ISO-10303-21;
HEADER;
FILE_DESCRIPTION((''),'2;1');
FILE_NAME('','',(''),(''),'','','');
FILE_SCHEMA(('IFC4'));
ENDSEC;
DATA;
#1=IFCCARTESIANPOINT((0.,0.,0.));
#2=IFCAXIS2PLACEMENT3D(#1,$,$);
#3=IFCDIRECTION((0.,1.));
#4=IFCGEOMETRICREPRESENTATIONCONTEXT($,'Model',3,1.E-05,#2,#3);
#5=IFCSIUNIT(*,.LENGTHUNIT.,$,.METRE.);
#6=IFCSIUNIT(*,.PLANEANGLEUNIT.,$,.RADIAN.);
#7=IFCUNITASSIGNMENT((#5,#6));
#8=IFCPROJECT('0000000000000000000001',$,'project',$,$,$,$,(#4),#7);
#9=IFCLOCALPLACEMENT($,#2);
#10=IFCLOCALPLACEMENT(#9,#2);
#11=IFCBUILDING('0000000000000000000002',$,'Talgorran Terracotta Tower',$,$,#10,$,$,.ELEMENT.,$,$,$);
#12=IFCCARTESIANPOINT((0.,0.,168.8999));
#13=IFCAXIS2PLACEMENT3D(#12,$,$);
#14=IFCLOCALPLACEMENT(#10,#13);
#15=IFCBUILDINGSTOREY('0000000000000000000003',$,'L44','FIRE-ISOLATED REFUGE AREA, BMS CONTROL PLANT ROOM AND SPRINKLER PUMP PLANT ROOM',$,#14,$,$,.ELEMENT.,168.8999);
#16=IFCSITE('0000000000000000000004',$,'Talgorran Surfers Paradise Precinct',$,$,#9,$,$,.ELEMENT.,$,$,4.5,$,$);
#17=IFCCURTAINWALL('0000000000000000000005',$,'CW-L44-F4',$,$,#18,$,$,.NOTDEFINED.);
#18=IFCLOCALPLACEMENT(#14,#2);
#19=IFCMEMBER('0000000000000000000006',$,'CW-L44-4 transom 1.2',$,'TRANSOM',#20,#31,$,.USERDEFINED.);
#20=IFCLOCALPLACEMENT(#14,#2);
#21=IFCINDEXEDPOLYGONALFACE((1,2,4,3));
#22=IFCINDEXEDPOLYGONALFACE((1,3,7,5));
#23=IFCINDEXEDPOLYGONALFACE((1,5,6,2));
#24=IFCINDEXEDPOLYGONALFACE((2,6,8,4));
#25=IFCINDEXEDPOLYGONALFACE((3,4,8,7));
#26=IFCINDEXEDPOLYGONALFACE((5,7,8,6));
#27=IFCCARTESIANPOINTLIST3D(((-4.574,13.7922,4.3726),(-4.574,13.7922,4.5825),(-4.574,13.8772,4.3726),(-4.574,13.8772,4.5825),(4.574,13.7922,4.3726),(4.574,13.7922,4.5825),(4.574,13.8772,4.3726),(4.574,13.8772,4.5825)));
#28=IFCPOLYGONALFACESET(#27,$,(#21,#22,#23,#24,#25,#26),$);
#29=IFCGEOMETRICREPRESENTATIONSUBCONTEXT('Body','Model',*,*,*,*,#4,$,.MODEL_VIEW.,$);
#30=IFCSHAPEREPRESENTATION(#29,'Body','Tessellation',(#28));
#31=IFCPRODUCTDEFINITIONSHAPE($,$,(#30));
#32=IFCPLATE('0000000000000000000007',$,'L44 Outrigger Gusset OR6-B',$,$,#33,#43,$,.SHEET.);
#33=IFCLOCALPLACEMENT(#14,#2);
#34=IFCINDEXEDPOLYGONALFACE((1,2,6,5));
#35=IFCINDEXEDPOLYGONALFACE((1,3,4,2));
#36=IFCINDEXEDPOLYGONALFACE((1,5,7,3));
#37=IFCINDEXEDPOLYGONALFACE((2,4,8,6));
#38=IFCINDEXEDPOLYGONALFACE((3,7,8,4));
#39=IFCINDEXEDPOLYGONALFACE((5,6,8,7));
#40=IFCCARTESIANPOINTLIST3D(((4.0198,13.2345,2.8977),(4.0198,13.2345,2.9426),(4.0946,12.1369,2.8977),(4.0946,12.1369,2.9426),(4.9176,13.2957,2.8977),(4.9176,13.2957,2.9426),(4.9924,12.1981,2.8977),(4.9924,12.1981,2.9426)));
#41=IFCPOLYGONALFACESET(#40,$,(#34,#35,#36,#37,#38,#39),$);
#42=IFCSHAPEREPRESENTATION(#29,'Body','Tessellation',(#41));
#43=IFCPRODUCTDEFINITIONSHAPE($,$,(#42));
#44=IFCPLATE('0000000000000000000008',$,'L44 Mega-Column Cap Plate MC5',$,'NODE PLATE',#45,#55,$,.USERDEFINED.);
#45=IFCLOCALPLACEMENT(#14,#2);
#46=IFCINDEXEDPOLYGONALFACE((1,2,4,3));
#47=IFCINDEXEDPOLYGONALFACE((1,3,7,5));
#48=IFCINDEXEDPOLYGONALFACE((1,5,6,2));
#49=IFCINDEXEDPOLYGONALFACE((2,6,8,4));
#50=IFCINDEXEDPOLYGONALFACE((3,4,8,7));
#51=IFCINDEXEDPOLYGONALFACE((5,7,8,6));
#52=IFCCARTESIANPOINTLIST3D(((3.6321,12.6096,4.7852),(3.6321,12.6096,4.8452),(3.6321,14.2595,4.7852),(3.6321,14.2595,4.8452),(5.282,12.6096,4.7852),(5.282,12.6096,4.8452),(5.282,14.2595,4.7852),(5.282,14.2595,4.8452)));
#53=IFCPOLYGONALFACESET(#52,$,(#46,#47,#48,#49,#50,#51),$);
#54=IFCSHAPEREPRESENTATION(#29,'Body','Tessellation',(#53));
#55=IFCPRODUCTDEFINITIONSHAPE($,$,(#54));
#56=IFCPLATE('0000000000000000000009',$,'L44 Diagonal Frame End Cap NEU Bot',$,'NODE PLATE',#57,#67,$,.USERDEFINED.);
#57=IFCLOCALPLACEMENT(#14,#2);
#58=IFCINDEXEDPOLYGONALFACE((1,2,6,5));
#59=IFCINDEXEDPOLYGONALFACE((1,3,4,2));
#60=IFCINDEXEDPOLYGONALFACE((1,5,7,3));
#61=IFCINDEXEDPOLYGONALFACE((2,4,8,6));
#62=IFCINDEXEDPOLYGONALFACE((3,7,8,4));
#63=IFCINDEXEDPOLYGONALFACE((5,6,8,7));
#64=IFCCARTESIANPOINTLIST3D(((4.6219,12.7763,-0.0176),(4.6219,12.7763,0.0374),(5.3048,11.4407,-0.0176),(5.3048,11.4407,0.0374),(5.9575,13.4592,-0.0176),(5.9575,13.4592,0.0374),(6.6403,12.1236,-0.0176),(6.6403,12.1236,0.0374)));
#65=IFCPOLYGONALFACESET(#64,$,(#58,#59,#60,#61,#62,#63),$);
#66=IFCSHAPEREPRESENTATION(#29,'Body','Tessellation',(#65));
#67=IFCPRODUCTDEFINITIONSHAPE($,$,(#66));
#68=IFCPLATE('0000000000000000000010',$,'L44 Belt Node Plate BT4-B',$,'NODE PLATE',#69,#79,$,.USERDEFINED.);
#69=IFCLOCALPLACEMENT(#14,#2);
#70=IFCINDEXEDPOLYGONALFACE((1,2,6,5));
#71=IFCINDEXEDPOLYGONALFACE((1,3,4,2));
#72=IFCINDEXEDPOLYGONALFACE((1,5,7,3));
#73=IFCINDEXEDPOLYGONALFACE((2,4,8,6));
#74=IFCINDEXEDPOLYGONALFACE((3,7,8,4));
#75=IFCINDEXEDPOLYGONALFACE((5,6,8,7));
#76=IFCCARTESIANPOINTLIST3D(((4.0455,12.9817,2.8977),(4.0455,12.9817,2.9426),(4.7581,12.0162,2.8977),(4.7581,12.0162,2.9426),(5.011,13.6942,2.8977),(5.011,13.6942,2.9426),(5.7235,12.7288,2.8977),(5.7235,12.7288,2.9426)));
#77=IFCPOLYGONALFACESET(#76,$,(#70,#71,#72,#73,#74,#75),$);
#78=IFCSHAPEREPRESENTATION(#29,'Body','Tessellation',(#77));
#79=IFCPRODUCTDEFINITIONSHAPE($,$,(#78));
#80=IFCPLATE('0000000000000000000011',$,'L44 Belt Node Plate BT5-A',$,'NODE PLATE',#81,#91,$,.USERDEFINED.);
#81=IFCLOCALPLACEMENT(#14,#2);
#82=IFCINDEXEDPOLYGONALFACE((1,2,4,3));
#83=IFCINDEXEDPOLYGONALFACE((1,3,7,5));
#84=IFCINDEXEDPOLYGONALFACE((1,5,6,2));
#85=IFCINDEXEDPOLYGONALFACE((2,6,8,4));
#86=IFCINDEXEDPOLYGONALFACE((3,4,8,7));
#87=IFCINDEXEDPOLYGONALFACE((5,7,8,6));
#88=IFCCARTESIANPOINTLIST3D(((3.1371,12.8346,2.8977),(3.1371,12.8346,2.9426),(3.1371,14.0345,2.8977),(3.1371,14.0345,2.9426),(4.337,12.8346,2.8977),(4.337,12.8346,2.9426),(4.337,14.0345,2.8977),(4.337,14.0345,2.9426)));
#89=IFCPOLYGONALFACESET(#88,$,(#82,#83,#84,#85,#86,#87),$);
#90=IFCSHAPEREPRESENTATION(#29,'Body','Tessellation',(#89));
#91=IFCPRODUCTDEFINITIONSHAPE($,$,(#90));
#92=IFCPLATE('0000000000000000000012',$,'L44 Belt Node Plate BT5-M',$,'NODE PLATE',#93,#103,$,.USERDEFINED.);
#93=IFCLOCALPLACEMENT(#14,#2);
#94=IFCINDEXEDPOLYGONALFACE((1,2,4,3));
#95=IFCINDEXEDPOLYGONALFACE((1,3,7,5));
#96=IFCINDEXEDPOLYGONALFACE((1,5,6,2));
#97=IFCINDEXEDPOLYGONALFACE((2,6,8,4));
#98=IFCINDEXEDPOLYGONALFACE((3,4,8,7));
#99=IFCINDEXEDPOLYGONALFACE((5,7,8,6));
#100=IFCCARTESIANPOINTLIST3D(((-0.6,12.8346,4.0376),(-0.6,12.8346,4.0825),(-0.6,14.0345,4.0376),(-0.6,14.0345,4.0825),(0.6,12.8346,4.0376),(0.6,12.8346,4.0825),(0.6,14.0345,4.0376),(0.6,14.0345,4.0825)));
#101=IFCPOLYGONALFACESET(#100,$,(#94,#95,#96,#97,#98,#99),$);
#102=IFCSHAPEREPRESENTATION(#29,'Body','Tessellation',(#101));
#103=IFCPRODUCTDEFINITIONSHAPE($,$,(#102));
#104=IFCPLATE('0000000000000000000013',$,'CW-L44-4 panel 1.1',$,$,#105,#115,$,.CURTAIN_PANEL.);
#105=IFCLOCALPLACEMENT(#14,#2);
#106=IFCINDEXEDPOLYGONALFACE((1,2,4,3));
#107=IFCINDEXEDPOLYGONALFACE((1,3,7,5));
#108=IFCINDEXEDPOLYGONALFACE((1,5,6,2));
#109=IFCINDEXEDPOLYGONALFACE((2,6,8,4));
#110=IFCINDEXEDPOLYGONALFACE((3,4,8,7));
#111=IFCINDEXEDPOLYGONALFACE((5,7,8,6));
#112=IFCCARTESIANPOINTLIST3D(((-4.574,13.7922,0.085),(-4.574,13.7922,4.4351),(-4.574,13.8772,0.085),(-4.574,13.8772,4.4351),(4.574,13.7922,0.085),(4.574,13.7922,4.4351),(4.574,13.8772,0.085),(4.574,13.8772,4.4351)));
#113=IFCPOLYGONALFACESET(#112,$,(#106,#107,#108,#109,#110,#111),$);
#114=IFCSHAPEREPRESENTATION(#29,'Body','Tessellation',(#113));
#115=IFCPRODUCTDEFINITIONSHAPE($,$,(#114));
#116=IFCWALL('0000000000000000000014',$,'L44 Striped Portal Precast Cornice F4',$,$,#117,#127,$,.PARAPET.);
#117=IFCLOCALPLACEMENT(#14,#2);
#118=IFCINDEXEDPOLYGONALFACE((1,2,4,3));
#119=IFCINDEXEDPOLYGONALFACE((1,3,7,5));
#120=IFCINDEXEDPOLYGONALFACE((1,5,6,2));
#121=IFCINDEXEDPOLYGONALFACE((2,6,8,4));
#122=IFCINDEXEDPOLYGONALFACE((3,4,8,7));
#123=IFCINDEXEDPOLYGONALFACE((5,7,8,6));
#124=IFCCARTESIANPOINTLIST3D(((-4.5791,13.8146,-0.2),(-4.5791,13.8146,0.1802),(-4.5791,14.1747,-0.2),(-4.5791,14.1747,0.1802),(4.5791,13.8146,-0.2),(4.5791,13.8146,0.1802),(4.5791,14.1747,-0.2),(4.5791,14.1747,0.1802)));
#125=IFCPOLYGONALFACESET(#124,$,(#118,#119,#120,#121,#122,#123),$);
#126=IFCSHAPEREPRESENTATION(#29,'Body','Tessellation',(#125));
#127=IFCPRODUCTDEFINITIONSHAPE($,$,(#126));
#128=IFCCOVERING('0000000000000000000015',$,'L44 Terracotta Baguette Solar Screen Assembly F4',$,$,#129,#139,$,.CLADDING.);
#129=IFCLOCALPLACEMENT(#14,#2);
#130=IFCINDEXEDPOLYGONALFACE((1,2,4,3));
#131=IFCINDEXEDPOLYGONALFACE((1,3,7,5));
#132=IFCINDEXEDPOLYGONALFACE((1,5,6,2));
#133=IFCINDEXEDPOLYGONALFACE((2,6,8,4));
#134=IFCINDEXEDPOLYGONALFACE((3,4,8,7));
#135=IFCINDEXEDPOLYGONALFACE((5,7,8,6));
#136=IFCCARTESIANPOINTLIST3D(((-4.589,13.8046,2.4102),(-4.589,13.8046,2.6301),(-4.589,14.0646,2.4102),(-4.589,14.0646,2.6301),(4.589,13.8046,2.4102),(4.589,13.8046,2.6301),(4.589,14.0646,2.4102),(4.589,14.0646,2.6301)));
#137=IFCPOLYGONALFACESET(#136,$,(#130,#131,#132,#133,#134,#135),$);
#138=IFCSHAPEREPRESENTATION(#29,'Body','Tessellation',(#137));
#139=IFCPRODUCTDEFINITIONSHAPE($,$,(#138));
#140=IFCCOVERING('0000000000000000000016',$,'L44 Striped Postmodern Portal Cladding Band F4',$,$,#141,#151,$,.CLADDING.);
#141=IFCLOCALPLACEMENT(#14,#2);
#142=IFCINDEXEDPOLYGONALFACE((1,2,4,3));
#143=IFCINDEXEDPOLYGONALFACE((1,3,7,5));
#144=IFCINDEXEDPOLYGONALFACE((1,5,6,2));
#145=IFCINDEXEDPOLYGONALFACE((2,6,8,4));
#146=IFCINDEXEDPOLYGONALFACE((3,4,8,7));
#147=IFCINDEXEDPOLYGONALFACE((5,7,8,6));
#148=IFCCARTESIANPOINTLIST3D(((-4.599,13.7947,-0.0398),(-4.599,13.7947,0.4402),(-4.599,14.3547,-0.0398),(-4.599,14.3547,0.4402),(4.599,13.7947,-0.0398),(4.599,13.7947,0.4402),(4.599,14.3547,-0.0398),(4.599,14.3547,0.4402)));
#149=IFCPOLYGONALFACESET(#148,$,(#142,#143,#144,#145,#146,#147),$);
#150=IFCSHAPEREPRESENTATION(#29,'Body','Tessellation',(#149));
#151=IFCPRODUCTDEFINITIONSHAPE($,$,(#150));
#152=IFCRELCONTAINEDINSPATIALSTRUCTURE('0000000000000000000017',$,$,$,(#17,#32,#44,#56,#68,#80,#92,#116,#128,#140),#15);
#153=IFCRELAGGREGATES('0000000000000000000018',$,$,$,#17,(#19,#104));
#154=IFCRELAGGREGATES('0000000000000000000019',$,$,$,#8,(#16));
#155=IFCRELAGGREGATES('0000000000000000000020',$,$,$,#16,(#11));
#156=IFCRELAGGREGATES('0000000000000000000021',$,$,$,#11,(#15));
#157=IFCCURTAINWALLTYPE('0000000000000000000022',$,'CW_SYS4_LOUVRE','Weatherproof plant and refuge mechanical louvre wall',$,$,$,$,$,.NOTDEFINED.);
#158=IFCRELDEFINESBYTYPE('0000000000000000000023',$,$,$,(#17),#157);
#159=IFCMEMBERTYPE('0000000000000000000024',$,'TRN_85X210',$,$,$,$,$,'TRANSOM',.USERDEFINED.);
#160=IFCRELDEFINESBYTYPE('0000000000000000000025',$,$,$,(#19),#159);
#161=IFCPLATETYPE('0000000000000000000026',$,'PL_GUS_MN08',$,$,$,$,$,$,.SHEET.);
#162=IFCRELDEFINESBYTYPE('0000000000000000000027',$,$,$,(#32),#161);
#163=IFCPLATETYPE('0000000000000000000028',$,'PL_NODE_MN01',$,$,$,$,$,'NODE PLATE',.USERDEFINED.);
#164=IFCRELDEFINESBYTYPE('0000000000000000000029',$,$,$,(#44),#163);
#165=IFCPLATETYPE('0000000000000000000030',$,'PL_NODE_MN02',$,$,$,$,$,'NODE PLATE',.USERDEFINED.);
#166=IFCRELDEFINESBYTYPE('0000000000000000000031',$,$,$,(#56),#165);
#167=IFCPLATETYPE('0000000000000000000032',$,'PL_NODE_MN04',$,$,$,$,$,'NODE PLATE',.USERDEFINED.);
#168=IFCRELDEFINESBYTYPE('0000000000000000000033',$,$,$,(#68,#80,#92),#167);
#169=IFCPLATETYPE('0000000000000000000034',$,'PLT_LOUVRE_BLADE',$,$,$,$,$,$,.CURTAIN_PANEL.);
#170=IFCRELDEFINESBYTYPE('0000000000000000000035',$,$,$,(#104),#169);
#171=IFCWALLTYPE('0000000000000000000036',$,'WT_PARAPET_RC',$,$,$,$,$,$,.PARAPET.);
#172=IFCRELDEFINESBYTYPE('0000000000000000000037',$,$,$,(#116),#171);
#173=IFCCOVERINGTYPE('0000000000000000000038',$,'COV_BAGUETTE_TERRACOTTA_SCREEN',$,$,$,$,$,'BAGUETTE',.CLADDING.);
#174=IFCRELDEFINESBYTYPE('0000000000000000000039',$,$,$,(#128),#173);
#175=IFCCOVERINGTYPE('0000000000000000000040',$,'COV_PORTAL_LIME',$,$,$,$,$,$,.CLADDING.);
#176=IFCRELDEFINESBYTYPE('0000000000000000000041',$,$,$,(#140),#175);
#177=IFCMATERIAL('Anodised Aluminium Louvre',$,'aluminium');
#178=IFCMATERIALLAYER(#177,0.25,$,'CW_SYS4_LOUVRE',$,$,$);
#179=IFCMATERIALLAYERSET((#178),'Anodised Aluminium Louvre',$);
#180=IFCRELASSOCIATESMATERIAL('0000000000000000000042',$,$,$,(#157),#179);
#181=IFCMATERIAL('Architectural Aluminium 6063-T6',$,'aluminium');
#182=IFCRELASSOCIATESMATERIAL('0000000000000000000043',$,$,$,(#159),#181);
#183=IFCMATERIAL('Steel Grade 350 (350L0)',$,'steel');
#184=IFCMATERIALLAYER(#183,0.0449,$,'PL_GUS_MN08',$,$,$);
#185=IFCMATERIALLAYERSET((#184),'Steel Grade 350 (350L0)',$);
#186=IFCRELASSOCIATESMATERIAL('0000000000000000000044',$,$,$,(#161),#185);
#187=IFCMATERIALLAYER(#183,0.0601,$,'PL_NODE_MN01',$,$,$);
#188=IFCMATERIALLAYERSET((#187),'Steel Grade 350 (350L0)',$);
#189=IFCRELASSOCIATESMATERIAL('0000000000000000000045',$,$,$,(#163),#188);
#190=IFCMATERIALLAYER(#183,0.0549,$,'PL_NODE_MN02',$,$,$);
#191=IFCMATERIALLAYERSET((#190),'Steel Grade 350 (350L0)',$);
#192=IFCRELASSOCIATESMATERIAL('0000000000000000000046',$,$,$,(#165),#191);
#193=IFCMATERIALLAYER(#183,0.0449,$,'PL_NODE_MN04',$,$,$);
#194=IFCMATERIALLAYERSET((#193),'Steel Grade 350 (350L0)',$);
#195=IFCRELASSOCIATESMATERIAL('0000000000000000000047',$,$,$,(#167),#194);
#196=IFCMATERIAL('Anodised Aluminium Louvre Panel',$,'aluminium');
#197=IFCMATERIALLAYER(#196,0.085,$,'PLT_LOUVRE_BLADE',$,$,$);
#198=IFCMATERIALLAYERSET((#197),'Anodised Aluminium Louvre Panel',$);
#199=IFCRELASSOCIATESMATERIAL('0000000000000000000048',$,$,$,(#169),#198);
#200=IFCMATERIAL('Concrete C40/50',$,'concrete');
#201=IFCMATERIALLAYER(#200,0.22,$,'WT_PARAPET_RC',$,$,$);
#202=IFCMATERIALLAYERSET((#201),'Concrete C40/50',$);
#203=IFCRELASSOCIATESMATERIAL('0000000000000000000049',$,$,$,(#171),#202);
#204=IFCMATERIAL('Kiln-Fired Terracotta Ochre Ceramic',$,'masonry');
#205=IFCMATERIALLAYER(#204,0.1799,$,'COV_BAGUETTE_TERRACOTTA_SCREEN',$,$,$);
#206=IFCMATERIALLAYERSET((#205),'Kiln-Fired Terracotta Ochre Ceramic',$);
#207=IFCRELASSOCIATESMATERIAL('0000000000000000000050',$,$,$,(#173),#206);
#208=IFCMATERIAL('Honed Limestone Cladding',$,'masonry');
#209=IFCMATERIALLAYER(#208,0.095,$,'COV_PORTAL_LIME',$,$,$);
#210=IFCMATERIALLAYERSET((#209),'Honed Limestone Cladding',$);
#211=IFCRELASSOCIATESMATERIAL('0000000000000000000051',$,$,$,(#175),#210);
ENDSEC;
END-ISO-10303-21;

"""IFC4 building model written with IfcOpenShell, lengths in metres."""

from ifc_helpers import new_model, si_unit, direction, frame, frame_2d, origin, origin_2d, place, context, subcontext, project, spatial, rectangle, extrude, source, transform, mapped, material, layer, layer_set, material_profile, profile_set, type_object, type_shapes, element, aggregate, save


model = new_model("IFC4")

# Units and contexts
model_context = context("Model", 3, precision=1e-05, world=origin(), true_north=direction((0.0, 1.0)))
body_context = subcontext(model_context, "Body", "Model", "MODEL_VIEW")
ifc_project = project(units=[si_unit("LENGTHUNIT", "METRE"), si_unit("PLANEANGLEUNIT", "RADIAN")], contexts=[model_context])

# Site, building, storey
site_placement = place(None, origin())
site = spatial("IfcSite", under=ifc_project, at=site_placement, Name="Talgorran Surfers Paradise Precinct", CompositionType="ELEMENT", RefElevation=4.5)
building_placement = place(site_placement, origin())
building = spatial("IfcBuilding", under=site, at=building_placement, Name="Talgorran Terracotta Tower", CompositionType="ELEMENT")
storey_placement = place(building_placement, frame((0.0, 0.0, 168.8999)))
storey = spatial("IfcBuildingStorey", under=building, at=storey_placement, Name="L44", Description="FIRE-ISOLATED REFUGE AREA, BMS CONTROL PLANT ROOM AND SPRINKLER PUMP PLANT ROOM", CompositionType="ELEMENT", Elevation=168.8999)

# Shared definitions
ifc_material_1 = material(Name="Steel Grade 350 (350L0)", Category="steel")

# Shared definitions
ifc_material_2 = material(Name="Anodised Aluminium Louvre", Category="aluminium")
ifc_layer_1 = layer(ifc_material_2, 0.25, Name="CW_SYS4_LOUVRE")
ifc_layer_set_1 = layer_set([ifc_layer_1], Name="Anodised Aluminium Louvre")
curtain_wall_type = type_object("IfcCurtainWallType", Name="CW_SYS4_LOUVRE", Description="Weatherproof plant and refuge mechanical louvre wall", PredefinedType="NOTDEFINED", material=ifc_layer_set_1)
ifc_material_3 = material(Name="Architectural Aluminium 6063-T6", Category="aluminium")

# Curtain wall, member
curtain_wall_1_placement = place(storey_placement, origin())
curtain_wall_1 = element("IfcCurtainWall", 1, at=curtain_wall_1_placement, inside=storey, type_object=curtain_wall_type, Name="CW-L44-F4", PredefinedType="NOTDEFINED")
ifc_material_profile_1 = material_profile(ifc_material_3, rectangle(XDim=0.085, YDim=0.21, at=origin_2d()), Name="CWT85X210")
ifc_profile_set_1 = profile_set([ifc_material_profile_1], Name="Architectural Aluminium 6063-T6")
member_type_1 = type_object("IfcMemberType", Name="TRN_85X210", ElementType="TRANSOM", PredefinedType="USERDEFINED", material=ifc_profile_set_1)
member_1_placement = place(storey_placement, frame((4.574, 13.8347, 4.4775), z_axis=(-1.0, 0.0, 0.0), x_axis=(0.0, -1.0, 0.0)))
member_1 = element("IfcMember", 2, at=member_1_placement, type_object=member_type_1, Name="CW-L44-4 transom 1.2", ObjectType="TRANSOM", PredefinedType="USERDEFINED", context=body_context, shape_type="SweptSolid", body=[
    extrude(rectangle(XDim=0.085, YDim=0.21, at=origin_2d()), origin(), (0.0, 0.0, 1.0), 9.1479),
])

# Plates
ifc_layer_2 = layer(ifc_material_1, 0.0449, Name="PL_GUS_MN08")
ifc_layer_set_2 = layer_set([ifc_layer_2], Name="Steel Grade 350 (350L0)")
plate_type_1 = type_object("IfcPlateType", Name="PL_GUS_MN08", PredefinedType="SHEET", material=ifc_layer_set_2)
plate_1_placement = place(storey_placement, frame((4.5061, 12.7163, 2.8977), z_axis=(0.0, 0.0, 1.0), x_axis=(-0.068015, 0.997684, 0.0)))
element("IfcPlate", 3, at=plate_1_placement, inside=storey, type_object=plate_type_1, Name="L44 Outrigger Gusset OR6-B", PredefinedType="SHEET", context=body_context, shape_type="SweptSolid", body=[
    extrude(rectangle(XDim=1.1001, YDim=0.8999, at=origin_2d()), origin(), (0.0, 0.0, 1.0), 0.0449),
])
ifc_layer_3 = layer(ifc_material_1, 0.0601, Name="PL_NODE_MN01")
ifc_layer_set_3 = layer_set([ifc_layer_3], Name="Steel Grade 350 (350L0)")
plate_type_2 = type_object("IfcPlateType", Name="PL_NODE_MN01", ElementType="NODE PLATE", PredefinedType="USERDEFINED", material=ifc_layer_set_3)
plate_2_placement = place(storey_placement, frame((4.457, 13.4346, 4.7852), z_axis=(0.0, 0.0, 1.0), x_axis=(1.0, 0.0, 0.0)))
element("IfcPlate", 4, at=plate_2_placement, inside=storey, type_object=plate_type_2, Name="L44 Mega-Column Cap Plate MC5", ObjectType="NODE PLATE", PredefinedType="USERDEFINED", context=body_context, shape_type="SweptSolid", body=[
    extrude(rectangle(XDim=1.6499, YDim=1.6499, at=origin_2d()), origin(), (0.0, 0.0, 1.0), 0.0601),
])
ifc_layer_4 = layer(ifc_material_1, 0.0549, Name="PL_NODE_MN02")
ifc_layer_set_4 = layer_set([ifc_layer_4], Name="Steel Grade 350 (350L0)")
plate_type_3 = type_object("IfcPlateType", Name="PL_NODE_MN02", ElementType="NODE PLATE", PredefinedType="USERDEFINED", material=ifc_layer_set_4)
plate_3_placement = place(storey_placement, frame((5.6311, 12.45, -0.0176), z_axis=(0.0, 0.0, 1.0), x_axis=(0.455234, -0.890372, 0.0)))
element("IfcPlate", 5, at=plate_3_placement, inside=storey, type_object=plate_type_3, Name="L44 Diagonal Frame End Cap NEU Bot", ObjectType="NODE PLATE", PredefinedType="USERDEFINED", context=body_context, shape_type="SweptSolid", body=[
    extrude(rectangle(XDim=1.5, YDim=1.5, at=origin_2d()), origin(), (0.0, 0.0, 1.0), 0.0549),
])
ifc_layer_5 = layer(ifc_material_1, 0.0449, Name="PL_NODE_MN04")
ifc_layer_set_5 = layer_set([ifc_layer_5], Name="Steel Grade 350 (350L0)")
plate_type_4 = type_object("IfcPlateType", Name="PL_NODE_MN04", ElementType="NODE PLATE", PredefinedType="USERDEFINED", material=ifc_layer_set_5)
for number, where, z_axis, x_axis, name in (
    (6, (4.8845, 12.8552, 2.8977), (0.0, 0.0, 1.0), (-0.59384, 0.804583, 0.0), "L44 Belt Node Plate BT4-B"),
    (7, (3.7371, 13.4346, 2.8977), (0.0, 0.0, 1.0), (-1.0, 0.0, 0.0), "L44 Belt Node Plate BT5-A"),
    (8, (0.0, 13.4346, 4.0376), (0.0, 0.0, 1.0), (-1.0, 0.0, 0.0), "L44 Belt Node Plate BT5-M"),
):
    element("IfcPlate", number, at=place(storey_placement, frame(where, z_axis=z_axis, x_axis=x_axis)), inside=storey, type_object=plate_type_4, Name=name, ObjectType="NODE PLATE", PredefinedType="USERDEFINED", context=body_context, shape_type="SweptSolid", body=[
        extrude(rectangle(XDim=1.2, YDim=1.2, at=origin_2d()), origin(), (0.0, 0.0, 1.0), 0.0449),
    ])

# Plate
ifc_material_4 = material(Name="Anodised Aluminium Louvre Panel", Category="aluminium")
ifc_layer_6 = layer(ifc_material_4, 0.085, Name="PLT_LOUVRE_BLADE")
ifc_layer_set_6 = layer_set([ifc_layer_6], Name="Anodised Aluminium Louvre Panel")
plate_type_5 = type_object("IfcPlateType", Name="PLT_LOUVRE_BLADE", PredefinedType="CURTAIN_PANEL", material=ifc_layer_set_6)
shared_shape = source(origin(), body_context, "Body", "SweptSolid", [
    extrude(rectangle(XDim=9.1479, YDim=0.085, at=origin_2d()), origin(), (0.0, 0.0, 1.0), 4.3501),
])
type_shapes(plate_type_5, [shared_shape])
plate_4_placement = place(storey_placement, frame((0.0, 13.8347, 0.085), z_axis=(0.0, 0.0, 1.0), x_axis=(-1.0, 0.0, 0.0)))
plate_4 = element("IfcPlate", 9, at=plate_4_placement, type_object=plate_type_5, Name="CW-L44-4 panel 1.1", PredefinedType="CURTAIN_PANEL", context=body_context, shape_type="MappedRepresentation", body=[
    mapped(shared_shape, transform((0.0, 0.0, 0.0), scale=1.0)),
])
aggregate(curtain_wall_1, [member_1, plate_4])

# Wall
ifc_material_5 = material(Name="Concrete C40/50", Category="concrete")
ifc_layer_7 = layer(ifc_material_5, 0.22, Name="WT_PARAPET_RC")
ifc_layer_set_7 = layer_set([ifc_layer_7], Name="Concrete C40/50")
wall_type = type_object("IfcWallType", Name="WT_PARAPET_RC", PredefinedType="PARAPET", material=ifc_layer_set_7)
wall_placement = place(storey_placement, frame((4.5791, 13.9946, -0.2), z_axis=(0.0, 0.0, 1.0), x_axis=(-1.0, 0.0, 0.0)))
element("IfcWall", 10, at=wall_placement, inside=storey, type_object=wall_type, Name="L44 Striped Portal Precast Cornice F4", PredefinedType="PARAPET", context=body_context, shape_type="SweptSolid", body=[
    extrude(rectangle(XDim=9.1582, YDim=0.3601, at=frame_2d((4.5791, 0.0))), origin(), (0.0, 0.0, 1.0), 0.3801),
])

# Coverings
ifc_material_6 = material(Name="Kiln-Fired Terracotta Ochre Ceramic", Category="masonry")
ifc_layer_8 = layer(ifc_material_6, 0.1799, Name="COV_BAGUETTE_TERRACOTTA_SCREEN")
ifc_layer_set_8 = layer_set([ifc_layer_8], Name="Kiln-Fired Terracotta Ochre Ceramic")
covering_type_1 = type_object("IfcCoveringType", Name="COV_BAGUETTE_TERRACOTTA_SCREEN", ElementType="BAGUETTE", PredefinedType="CLADDING", material=ifc_layer_set_8)
covering_1_placement = place(storey_placement, frame((0.0, 13.9346, 2.4102), z_axis=(0.0, 0.0, 1.0), x_axis=(-1.0, 0.0, 0.0)))
element("IfcCovering", 11, at=covering_1_placement, inside=storey, type_object=covering_type_1, Name="L44 Terracotta Baguette Solar Screen Assembly F4", PredefinedType="CLADDING", context=body_context, shape_type="SweptSolid", body=[
    extrude(rectangle(XDim=9.178, YDim=0.26, at=origin_2d()), origin(), (0.0, 0.0, 1.0), 0.22),
])
ifc_material_7 = material(Name="Honed Limestone Cladding", Category="masonry")
ifc_layer_9 = layer(ifc_material_7, 0.095, Name="COV_PORTAL_LIME")
ifc_layer_set_9 = layer_set([ifc_layer_9], Name="Honed Limestone Cladding")
covering_type_2 = type_object("IfcCoveringType", Name="COV_PORTAL_LIME", PredefinedType="CLADDING", material=ifc_layer_set_9)
covering_2_placement = place(storey_placement, frame((0.0, 14.0747, -0.0398), z_axis=(0.0, 0.0, 1.0), x_axis=(-1.0, 0.0, 0.0)))
element("IfcCovering", 12, at=covering_2_placement, inside=storey, type_object=covering_type_2, Name="L44 Striped Postmodern Portal Cladding Band F4", PredefinedType="CLADDING", context=body_context, shape_type="SweptSolid", body=[
    extrude(rectangle(XDim=9.198, YDim=0.5601, at=origin_2d()), origin(), (0.0, 0.0, 1.0), 0.48),
])

save(model, "model.ifc")
